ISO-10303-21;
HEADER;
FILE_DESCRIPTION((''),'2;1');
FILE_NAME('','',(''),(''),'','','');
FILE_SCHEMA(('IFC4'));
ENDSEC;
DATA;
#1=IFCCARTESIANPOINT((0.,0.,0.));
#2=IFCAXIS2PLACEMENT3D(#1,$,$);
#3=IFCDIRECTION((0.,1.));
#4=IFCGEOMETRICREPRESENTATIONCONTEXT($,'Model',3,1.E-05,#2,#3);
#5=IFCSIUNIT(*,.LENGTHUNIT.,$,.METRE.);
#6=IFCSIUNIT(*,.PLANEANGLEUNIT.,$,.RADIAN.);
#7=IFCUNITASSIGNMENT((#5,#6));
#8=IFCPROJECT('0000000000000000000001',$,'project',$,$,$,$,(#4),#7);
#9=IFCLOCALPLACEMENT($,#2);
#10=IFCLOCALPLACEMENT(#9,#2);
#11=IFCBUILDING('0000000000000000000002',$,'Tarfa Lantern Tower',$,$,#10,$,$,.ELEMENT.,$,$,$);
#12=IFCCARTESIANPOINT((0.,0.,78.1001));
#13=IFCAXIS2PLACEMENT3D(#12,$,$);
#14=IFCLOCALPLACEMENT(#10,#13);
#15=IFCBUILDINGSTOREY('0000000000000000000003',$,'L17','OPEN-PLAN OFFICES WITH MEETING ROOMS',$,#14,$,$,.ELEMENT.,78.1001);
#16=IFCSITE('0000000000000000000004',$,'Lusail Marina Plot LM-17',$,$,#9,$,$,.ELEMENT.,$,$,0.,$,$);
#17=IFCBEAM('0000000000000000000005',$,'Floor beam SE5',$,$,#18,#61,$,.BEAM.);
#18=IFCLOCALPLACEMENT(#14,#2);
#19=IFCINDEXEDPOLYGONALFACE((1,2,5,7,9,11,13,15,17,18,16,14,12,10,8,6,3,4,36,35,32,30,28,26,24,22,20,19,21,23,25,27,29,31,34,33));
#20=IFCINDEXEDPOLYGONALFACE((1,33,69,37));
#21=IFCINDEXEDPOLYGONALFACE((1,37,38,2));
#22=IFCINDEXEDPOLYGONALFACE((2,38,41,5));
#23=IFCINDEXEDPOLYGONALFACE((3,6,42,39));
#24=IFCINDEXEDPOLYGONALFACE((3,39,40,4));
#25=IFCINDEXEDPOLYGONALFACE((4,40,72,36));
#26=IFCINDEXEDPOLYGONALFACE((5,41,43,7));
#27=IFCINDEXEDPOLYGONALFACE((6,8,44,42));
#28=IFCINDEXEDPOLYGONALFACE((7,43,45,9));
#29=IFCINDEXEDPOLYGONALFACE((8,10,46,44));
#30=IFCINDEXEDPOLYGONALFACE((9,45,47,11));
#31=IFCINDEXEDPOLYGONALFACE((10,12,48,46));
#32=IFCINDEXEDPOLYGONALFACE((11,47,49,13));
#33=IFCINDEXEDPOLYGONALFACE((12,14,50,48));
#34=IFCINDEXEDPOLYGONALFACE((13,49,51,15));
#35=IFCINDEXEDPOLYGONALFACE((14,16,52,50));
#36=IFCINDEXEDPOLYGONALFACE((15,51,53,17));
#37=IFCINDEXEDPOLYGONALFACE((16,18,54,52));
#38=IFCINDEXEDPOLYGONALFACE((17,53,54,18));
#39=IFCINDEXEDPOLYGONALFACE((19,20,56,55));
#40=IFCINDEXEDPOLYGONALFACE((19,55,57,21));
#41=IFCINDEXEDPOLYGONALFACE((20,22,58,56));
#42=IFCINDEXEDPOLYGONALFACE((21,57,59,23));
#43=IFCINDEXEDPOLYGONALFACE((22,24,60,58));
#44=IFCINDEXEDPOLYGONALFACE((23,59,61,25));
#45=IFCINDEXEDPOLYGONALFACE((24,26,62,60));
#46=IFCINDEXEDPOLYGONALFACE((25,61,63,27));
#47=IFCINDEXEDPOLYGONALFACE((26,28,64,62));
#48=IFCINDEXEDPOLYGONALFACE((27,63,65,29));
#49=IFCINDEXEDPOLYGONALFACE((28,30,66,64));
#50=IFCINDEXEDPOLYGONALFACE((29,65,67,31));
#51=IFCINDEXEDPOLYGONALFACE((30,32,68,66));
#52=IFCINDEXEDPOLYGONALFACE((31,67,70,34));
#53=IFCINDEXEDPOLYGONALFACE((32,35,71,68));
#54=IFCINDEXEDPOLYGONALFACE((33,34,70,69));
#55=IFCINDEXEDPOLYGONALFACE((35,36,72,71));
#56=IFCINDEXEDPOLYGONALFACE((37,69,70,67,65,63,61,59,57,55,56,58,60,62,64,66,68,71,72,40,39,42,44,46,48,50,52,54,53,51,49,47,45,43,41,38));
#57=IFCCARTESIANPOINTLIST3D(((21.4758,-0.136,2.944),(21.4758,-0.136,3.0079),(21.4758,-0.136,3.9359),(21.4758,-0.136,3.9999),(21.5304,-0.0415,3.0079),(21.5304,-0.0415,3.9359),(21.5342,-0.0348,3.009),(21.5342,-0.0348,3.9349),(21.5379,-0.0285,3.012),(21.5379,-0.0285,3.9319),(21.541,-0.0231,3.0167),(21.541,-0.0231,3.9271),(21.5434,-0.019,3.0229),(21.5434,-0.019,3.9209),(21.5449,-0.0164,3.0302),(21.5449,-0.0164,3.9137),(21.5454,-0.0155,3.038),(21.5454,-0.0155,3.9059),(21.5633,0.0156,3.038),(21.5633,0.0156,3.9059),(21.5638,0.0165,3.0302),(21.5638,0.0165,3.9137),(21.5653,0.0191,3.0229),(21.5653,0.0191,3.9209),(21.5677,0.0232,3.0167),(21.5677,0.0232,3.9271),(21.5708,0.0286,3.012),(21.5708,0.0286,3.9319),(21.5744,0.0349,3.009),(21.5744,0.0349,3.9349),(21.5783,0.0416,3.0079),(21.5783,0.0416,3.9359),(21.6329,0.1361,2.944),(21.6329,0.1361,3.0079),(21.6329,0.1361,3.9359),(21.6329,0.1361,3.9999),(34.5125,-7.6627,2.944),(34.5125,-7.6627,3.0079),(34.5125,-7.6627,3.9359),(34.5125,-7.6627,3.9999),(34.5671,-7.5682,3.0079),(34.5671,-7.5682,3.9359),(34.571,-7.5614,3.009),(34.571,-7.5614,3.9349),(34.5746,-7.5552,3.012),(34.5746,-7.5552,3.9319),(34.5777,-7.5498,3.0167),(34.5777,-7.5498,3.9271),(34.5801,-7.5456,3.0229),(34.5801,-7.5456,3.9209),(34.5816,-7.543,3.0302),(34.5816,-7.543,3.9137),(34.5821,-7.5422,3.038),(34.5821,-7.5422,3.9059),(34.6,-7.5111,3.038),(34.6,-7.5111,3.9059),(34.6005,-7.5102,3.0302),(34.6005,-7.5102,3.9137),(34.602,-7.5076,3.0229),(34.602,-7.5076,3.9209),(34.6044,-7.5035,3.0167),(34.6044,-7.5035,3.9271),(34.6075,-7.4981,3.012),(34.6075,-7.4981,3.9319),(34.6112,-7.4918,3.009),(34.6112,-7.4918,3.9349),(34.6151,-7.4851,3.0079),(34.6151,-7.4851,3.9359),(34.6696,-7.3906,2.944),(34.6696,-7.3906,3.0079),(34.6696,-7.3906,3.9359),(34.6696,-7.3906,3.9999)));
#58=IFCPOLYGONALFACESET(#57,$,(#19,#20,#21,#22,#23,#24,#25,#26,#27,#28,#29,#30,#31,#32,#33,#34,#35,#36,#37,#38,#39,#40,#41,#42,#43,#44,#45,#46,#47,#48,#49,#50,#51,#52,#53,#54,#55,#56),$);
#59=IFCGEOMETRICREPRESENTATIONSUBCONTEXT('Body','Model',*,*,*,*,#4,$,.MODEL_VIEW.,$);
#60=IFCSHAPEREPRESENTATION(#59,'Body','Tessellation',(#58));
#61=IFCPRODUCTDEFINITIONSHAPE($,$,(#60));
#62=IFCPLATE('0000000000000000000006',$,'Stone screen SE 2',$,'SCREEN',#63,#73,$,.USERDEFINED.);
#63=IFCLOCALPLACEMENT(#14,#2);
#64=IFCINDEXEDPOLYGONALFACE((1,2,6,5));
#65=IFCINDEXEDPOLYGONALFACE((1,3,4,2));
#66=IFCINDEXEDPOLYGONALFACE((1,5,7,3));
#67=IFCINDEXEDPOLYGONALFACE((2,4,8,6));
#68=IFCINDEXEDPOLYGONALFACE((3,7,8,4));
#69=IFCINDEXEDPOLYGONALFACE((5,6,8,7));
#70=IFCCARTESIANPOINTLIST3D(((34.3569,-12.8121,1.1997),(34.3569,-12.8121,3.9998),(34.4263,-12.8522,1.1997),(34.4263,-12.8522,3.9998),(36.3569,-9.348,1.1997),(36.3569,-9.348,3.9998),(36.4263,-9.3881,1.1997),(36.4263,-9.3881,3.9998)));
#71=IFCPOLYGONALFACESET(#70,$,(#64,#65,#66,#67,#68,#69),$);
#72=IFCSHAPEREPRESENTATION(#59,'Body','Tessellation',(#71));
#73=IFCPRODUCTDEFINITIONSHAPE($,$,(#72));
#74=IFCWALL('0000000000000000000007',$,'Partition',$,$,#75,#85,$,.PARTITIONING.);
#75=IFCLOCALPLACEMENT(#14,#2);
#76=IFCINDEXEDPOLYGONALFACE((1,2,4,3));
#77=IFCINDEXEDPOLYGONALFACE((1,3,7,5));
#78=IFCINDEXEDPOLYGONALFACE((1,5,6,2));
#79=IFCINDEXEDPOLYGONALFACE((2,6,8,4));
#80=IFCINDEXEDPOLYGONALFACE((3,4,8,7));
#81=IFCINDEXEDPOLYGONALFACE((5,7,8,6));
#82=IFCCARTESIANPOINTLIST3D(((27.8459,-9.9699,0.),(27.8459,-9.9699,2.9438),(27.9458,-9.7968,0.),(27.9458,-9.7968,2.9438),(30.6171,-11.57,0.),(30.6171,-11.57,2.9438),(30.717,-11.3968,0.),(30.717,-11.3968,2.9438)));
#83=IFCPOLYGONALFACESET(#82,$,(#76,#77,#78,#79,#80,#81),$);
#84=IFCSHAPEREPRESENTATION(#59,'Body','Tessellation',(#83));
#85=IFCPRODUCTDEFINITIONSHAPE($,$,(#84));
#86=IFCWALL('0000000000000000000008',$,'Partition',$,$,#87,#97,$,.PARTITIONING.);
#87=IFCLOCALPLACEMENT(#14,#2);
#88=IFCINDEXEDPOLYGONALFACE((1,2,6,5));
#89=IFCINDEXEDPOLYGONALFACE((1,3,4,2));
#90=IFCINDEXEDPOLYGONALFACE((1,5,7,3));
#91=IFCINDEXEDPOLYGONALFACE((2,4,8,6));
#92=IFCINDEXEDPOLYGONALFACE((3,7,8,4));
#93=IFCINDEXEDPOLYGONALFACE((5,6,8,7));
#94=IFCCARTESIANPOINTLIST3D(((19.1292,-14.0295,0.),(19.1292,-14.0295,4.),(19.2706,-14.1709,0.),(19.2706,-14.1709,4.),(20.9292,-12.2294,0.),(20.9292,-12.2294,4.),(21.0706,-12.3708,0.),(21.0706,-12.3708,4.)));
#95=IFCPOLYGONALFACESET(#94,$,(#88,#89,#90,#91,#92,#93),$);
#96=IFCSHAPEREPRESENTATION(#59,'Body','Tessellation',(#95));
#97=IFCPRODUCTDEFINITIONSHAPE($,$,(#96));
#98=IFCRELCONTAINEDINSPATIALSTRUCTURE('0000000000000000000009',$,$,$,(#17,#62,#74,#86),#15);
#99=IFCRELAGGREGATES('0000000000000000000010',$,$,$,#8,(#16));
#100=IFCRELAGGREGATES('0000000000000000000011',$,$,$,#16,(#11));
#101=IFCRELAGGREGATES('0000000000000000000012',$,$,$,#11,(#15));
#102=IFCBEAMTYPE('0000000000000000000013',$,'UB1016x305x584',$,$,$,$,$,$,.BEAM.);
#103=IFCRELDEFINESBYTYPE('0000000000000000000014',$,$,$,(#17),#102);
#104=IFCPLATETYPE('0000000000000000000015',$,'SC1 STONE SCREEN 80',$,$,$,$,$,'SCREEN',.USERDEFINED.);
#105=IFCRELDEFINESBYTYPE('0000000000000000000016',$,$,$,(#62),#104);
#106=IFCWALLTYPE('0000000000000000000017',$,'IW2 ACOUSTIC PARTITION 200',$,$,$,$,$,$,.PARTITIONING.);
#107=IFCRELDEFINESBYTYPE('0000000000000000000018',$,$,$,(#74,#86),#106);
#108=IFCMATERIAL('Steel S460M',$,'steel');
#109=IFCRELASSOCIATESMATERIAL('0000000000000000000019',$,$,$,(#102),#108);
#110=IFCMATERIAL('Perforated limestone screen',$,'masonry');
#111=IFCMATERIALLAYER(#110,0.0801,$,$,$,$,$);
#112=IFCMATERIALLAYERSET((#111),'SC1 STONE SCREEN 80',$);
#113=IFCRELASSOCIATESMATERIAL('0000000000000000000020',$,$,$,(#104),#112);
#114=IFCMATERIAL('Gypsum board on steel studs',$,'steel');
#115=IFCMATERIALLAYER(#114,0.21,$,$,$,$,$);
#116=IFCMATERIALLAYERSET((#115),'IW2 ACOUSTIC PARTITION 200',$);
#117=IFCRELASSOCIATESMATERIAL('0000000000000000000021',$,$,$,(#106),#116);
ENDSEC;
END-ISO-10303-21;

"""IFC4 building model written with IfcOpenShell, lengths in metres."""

from ifc_helpers import new_model, si_unit, direction, frame, frame_2d, origin, origin_2d, place, context, subcontext, project, spatial, rectangle, i_section, extrude, material, layer, layer_set, material_profile, profile_set, type_object, element, save


model = new_model("IFC4")

# Units and contexts
model_context = context("Model", 3, precision=1e-05, world=origin(), true_north=direction((0.0, 1.0)))
body_context = subcontext(model_context, "Body", "Model", "MODEL_VIEW")
ifc_project = project(units=[si_unit("LENGTHUNIT", "METRE"), si_unit("PLANEANGLEUNIT", "RADIAN")], contexts=[model_context])

# Site, building, storey
site_placement = place(None, origin())
site = spatial("IfcSite", under=ifc_project, at=site_placement, Name="Lusail Marina Plot LM-17", CompositionType="ELEMENT", RefElevation=0.0)
building_placement = place(site_placement, origin())
building = spatial("IfcBuilding", under=site, at=building_placement, Name="Tarfa Lantern Tower", CompositionType="ELEMENT")
storey_placement = place(building_placement, frame((0.0, 0.0, 78.1001)))
storey = spatial("IfcBuildingStorey", under=building, at=storey_placement, Name="L17", Description="OPEN-PLAN OFFICES WITH MEETING ROOMS", CompositionType="ELEMENT", Elevation=78.1001)

# Beam
ifc_material_1 = material(Name="Steel S460M", Category="steel")
ifc_material_profile_1 = material_profile(ifc_material_1, i_section(OverallWidth=0.3142, OverallDepth=1.0559, WebThickness=0.0359, FlangeThickness=0.064, FilletRadius=0.03, at=origin_2d()), Name="UB1016x305x584")
ifc_profile_set_1 = profile_set([ifc_material_profile_1], Name="Steel S460M")
beam_type_1 = type_object("IfcBeamType", Name="UB1016x305x584", PredefinedType="BEAM", material=ifc_profile_set_1)
beam_1_placement = place(storey_placement, frame((34.5911, -7.5266, 3.4719), z_axis=(-0.866028, 0.499996, 0.0), x_axis=(-0.499996, -0.866028, 0.0)))
element("IfcBeam", 1, at=beam_1_placement, inside=storey, type_object=beam_type_1, Name="Floor beam SE5", PredefinedType="BEAM", context=body_context, shape_type="SweptSolid", body=[
    extrude(i_section(OverallWidth=0.3142, OverallDepth=1.0559, WebThickness=0.0359, FlangeThickness=0.064, FilletRadius=0.03, at=origin_2d()), origin(), (0.0, 0.0, 1.0), 15.0535),
])

# Plate
ifc_material_2 = material(Name="Perforated limestone screen", Category="masonry")
ifc_layer_1 = layer(ifc_material_2, 0.0801)
ifc_layer_set_1 = layer_set([ifc_layer_1], Name="SC1 STONE SCREEN 80")
plate_type = type_object("IfcPlateType", Name="SC1 STONE SCREEN 80", ElementType="SCREEN", PredefinedType="USERDEFINED", material=ifc_layer_set_1)
plate_placement = place(storey_placement, frame((35.3916, -11.1001, 1.1997), z_axis=(0.0, 0.0, 1.0), x_axis=(0.5, 0.866025, 0.0)))
element("IfcPlate", 2, at=plate_placement, inside=storey, type_object=plate_type, Name="Stone screen SE 2", ObjectType="SCREEN", PredefinedType="USERDEFINED", context=body_context, shape_type="SweptSolid", body=[
    extrude(rectangle(XDim=4.0, YDim=0.0801, at=origin_2d()), origin(), (0.0, 0.0, 1.0), 2.8),
])

# Walls
ifc_material_3 = material(Name="Gypsum board on steel studs", Category="steel")
ifc_layer_2 = layer(ifc_material_3, 0.21)
ifc_layer_set_2 = layer_set([ifc_layer_2], Name="IW2 ACOUSTIC PARTITION 200")
wall_type = type_object("IfcWallType", Name="IW2 ACOUSTIC PARTITION 200", PredefinedType="PARTITIONING", material=ifc_layer_set_2)
wall_1_placement = place(storey_placement, frame((27.8958, -9.8833, 0.0), z_axis=(0.0, 0.0, 1.0), x_axis=(0.866009, -0.500028, 0.0)))
element("IfcWall", 3, at=wall_1_placement, inside=storey, type_object=wall_type, Name="Partition", PredefinedType="PARTITIONING", context=body_context, shape_type="SweptSolid", body=[
    extrude(rectangle(XDim=3.2, YDim=0.2, at=frame_2d((1.6001, 0.0))), origin(), (0.0, 0.0, 1.0), 2.9438),
])
wall_2_placement = place(storey_placement, frame((21.0, -12.3, 0.0), z_axis=(0.0, 0.0, 1.0), x_axis=(-0.707107, -0.707107, 0.0)))
element("IfcWall", 4, at=wall_2_placement, inside=storey, type_object=wall_type, Name="Partition", PredefinedType="PARTITIONING", context=body_context, shape_type="SweptSolid", body=[
    extrude(rectangle(XDim=2.5457, YDim=0.2, at=frame_2d((1.2729, 0.0))), origin(), (0.0, 0.0, 1.0), 4.0),
])

save(model, "model.ifc")
